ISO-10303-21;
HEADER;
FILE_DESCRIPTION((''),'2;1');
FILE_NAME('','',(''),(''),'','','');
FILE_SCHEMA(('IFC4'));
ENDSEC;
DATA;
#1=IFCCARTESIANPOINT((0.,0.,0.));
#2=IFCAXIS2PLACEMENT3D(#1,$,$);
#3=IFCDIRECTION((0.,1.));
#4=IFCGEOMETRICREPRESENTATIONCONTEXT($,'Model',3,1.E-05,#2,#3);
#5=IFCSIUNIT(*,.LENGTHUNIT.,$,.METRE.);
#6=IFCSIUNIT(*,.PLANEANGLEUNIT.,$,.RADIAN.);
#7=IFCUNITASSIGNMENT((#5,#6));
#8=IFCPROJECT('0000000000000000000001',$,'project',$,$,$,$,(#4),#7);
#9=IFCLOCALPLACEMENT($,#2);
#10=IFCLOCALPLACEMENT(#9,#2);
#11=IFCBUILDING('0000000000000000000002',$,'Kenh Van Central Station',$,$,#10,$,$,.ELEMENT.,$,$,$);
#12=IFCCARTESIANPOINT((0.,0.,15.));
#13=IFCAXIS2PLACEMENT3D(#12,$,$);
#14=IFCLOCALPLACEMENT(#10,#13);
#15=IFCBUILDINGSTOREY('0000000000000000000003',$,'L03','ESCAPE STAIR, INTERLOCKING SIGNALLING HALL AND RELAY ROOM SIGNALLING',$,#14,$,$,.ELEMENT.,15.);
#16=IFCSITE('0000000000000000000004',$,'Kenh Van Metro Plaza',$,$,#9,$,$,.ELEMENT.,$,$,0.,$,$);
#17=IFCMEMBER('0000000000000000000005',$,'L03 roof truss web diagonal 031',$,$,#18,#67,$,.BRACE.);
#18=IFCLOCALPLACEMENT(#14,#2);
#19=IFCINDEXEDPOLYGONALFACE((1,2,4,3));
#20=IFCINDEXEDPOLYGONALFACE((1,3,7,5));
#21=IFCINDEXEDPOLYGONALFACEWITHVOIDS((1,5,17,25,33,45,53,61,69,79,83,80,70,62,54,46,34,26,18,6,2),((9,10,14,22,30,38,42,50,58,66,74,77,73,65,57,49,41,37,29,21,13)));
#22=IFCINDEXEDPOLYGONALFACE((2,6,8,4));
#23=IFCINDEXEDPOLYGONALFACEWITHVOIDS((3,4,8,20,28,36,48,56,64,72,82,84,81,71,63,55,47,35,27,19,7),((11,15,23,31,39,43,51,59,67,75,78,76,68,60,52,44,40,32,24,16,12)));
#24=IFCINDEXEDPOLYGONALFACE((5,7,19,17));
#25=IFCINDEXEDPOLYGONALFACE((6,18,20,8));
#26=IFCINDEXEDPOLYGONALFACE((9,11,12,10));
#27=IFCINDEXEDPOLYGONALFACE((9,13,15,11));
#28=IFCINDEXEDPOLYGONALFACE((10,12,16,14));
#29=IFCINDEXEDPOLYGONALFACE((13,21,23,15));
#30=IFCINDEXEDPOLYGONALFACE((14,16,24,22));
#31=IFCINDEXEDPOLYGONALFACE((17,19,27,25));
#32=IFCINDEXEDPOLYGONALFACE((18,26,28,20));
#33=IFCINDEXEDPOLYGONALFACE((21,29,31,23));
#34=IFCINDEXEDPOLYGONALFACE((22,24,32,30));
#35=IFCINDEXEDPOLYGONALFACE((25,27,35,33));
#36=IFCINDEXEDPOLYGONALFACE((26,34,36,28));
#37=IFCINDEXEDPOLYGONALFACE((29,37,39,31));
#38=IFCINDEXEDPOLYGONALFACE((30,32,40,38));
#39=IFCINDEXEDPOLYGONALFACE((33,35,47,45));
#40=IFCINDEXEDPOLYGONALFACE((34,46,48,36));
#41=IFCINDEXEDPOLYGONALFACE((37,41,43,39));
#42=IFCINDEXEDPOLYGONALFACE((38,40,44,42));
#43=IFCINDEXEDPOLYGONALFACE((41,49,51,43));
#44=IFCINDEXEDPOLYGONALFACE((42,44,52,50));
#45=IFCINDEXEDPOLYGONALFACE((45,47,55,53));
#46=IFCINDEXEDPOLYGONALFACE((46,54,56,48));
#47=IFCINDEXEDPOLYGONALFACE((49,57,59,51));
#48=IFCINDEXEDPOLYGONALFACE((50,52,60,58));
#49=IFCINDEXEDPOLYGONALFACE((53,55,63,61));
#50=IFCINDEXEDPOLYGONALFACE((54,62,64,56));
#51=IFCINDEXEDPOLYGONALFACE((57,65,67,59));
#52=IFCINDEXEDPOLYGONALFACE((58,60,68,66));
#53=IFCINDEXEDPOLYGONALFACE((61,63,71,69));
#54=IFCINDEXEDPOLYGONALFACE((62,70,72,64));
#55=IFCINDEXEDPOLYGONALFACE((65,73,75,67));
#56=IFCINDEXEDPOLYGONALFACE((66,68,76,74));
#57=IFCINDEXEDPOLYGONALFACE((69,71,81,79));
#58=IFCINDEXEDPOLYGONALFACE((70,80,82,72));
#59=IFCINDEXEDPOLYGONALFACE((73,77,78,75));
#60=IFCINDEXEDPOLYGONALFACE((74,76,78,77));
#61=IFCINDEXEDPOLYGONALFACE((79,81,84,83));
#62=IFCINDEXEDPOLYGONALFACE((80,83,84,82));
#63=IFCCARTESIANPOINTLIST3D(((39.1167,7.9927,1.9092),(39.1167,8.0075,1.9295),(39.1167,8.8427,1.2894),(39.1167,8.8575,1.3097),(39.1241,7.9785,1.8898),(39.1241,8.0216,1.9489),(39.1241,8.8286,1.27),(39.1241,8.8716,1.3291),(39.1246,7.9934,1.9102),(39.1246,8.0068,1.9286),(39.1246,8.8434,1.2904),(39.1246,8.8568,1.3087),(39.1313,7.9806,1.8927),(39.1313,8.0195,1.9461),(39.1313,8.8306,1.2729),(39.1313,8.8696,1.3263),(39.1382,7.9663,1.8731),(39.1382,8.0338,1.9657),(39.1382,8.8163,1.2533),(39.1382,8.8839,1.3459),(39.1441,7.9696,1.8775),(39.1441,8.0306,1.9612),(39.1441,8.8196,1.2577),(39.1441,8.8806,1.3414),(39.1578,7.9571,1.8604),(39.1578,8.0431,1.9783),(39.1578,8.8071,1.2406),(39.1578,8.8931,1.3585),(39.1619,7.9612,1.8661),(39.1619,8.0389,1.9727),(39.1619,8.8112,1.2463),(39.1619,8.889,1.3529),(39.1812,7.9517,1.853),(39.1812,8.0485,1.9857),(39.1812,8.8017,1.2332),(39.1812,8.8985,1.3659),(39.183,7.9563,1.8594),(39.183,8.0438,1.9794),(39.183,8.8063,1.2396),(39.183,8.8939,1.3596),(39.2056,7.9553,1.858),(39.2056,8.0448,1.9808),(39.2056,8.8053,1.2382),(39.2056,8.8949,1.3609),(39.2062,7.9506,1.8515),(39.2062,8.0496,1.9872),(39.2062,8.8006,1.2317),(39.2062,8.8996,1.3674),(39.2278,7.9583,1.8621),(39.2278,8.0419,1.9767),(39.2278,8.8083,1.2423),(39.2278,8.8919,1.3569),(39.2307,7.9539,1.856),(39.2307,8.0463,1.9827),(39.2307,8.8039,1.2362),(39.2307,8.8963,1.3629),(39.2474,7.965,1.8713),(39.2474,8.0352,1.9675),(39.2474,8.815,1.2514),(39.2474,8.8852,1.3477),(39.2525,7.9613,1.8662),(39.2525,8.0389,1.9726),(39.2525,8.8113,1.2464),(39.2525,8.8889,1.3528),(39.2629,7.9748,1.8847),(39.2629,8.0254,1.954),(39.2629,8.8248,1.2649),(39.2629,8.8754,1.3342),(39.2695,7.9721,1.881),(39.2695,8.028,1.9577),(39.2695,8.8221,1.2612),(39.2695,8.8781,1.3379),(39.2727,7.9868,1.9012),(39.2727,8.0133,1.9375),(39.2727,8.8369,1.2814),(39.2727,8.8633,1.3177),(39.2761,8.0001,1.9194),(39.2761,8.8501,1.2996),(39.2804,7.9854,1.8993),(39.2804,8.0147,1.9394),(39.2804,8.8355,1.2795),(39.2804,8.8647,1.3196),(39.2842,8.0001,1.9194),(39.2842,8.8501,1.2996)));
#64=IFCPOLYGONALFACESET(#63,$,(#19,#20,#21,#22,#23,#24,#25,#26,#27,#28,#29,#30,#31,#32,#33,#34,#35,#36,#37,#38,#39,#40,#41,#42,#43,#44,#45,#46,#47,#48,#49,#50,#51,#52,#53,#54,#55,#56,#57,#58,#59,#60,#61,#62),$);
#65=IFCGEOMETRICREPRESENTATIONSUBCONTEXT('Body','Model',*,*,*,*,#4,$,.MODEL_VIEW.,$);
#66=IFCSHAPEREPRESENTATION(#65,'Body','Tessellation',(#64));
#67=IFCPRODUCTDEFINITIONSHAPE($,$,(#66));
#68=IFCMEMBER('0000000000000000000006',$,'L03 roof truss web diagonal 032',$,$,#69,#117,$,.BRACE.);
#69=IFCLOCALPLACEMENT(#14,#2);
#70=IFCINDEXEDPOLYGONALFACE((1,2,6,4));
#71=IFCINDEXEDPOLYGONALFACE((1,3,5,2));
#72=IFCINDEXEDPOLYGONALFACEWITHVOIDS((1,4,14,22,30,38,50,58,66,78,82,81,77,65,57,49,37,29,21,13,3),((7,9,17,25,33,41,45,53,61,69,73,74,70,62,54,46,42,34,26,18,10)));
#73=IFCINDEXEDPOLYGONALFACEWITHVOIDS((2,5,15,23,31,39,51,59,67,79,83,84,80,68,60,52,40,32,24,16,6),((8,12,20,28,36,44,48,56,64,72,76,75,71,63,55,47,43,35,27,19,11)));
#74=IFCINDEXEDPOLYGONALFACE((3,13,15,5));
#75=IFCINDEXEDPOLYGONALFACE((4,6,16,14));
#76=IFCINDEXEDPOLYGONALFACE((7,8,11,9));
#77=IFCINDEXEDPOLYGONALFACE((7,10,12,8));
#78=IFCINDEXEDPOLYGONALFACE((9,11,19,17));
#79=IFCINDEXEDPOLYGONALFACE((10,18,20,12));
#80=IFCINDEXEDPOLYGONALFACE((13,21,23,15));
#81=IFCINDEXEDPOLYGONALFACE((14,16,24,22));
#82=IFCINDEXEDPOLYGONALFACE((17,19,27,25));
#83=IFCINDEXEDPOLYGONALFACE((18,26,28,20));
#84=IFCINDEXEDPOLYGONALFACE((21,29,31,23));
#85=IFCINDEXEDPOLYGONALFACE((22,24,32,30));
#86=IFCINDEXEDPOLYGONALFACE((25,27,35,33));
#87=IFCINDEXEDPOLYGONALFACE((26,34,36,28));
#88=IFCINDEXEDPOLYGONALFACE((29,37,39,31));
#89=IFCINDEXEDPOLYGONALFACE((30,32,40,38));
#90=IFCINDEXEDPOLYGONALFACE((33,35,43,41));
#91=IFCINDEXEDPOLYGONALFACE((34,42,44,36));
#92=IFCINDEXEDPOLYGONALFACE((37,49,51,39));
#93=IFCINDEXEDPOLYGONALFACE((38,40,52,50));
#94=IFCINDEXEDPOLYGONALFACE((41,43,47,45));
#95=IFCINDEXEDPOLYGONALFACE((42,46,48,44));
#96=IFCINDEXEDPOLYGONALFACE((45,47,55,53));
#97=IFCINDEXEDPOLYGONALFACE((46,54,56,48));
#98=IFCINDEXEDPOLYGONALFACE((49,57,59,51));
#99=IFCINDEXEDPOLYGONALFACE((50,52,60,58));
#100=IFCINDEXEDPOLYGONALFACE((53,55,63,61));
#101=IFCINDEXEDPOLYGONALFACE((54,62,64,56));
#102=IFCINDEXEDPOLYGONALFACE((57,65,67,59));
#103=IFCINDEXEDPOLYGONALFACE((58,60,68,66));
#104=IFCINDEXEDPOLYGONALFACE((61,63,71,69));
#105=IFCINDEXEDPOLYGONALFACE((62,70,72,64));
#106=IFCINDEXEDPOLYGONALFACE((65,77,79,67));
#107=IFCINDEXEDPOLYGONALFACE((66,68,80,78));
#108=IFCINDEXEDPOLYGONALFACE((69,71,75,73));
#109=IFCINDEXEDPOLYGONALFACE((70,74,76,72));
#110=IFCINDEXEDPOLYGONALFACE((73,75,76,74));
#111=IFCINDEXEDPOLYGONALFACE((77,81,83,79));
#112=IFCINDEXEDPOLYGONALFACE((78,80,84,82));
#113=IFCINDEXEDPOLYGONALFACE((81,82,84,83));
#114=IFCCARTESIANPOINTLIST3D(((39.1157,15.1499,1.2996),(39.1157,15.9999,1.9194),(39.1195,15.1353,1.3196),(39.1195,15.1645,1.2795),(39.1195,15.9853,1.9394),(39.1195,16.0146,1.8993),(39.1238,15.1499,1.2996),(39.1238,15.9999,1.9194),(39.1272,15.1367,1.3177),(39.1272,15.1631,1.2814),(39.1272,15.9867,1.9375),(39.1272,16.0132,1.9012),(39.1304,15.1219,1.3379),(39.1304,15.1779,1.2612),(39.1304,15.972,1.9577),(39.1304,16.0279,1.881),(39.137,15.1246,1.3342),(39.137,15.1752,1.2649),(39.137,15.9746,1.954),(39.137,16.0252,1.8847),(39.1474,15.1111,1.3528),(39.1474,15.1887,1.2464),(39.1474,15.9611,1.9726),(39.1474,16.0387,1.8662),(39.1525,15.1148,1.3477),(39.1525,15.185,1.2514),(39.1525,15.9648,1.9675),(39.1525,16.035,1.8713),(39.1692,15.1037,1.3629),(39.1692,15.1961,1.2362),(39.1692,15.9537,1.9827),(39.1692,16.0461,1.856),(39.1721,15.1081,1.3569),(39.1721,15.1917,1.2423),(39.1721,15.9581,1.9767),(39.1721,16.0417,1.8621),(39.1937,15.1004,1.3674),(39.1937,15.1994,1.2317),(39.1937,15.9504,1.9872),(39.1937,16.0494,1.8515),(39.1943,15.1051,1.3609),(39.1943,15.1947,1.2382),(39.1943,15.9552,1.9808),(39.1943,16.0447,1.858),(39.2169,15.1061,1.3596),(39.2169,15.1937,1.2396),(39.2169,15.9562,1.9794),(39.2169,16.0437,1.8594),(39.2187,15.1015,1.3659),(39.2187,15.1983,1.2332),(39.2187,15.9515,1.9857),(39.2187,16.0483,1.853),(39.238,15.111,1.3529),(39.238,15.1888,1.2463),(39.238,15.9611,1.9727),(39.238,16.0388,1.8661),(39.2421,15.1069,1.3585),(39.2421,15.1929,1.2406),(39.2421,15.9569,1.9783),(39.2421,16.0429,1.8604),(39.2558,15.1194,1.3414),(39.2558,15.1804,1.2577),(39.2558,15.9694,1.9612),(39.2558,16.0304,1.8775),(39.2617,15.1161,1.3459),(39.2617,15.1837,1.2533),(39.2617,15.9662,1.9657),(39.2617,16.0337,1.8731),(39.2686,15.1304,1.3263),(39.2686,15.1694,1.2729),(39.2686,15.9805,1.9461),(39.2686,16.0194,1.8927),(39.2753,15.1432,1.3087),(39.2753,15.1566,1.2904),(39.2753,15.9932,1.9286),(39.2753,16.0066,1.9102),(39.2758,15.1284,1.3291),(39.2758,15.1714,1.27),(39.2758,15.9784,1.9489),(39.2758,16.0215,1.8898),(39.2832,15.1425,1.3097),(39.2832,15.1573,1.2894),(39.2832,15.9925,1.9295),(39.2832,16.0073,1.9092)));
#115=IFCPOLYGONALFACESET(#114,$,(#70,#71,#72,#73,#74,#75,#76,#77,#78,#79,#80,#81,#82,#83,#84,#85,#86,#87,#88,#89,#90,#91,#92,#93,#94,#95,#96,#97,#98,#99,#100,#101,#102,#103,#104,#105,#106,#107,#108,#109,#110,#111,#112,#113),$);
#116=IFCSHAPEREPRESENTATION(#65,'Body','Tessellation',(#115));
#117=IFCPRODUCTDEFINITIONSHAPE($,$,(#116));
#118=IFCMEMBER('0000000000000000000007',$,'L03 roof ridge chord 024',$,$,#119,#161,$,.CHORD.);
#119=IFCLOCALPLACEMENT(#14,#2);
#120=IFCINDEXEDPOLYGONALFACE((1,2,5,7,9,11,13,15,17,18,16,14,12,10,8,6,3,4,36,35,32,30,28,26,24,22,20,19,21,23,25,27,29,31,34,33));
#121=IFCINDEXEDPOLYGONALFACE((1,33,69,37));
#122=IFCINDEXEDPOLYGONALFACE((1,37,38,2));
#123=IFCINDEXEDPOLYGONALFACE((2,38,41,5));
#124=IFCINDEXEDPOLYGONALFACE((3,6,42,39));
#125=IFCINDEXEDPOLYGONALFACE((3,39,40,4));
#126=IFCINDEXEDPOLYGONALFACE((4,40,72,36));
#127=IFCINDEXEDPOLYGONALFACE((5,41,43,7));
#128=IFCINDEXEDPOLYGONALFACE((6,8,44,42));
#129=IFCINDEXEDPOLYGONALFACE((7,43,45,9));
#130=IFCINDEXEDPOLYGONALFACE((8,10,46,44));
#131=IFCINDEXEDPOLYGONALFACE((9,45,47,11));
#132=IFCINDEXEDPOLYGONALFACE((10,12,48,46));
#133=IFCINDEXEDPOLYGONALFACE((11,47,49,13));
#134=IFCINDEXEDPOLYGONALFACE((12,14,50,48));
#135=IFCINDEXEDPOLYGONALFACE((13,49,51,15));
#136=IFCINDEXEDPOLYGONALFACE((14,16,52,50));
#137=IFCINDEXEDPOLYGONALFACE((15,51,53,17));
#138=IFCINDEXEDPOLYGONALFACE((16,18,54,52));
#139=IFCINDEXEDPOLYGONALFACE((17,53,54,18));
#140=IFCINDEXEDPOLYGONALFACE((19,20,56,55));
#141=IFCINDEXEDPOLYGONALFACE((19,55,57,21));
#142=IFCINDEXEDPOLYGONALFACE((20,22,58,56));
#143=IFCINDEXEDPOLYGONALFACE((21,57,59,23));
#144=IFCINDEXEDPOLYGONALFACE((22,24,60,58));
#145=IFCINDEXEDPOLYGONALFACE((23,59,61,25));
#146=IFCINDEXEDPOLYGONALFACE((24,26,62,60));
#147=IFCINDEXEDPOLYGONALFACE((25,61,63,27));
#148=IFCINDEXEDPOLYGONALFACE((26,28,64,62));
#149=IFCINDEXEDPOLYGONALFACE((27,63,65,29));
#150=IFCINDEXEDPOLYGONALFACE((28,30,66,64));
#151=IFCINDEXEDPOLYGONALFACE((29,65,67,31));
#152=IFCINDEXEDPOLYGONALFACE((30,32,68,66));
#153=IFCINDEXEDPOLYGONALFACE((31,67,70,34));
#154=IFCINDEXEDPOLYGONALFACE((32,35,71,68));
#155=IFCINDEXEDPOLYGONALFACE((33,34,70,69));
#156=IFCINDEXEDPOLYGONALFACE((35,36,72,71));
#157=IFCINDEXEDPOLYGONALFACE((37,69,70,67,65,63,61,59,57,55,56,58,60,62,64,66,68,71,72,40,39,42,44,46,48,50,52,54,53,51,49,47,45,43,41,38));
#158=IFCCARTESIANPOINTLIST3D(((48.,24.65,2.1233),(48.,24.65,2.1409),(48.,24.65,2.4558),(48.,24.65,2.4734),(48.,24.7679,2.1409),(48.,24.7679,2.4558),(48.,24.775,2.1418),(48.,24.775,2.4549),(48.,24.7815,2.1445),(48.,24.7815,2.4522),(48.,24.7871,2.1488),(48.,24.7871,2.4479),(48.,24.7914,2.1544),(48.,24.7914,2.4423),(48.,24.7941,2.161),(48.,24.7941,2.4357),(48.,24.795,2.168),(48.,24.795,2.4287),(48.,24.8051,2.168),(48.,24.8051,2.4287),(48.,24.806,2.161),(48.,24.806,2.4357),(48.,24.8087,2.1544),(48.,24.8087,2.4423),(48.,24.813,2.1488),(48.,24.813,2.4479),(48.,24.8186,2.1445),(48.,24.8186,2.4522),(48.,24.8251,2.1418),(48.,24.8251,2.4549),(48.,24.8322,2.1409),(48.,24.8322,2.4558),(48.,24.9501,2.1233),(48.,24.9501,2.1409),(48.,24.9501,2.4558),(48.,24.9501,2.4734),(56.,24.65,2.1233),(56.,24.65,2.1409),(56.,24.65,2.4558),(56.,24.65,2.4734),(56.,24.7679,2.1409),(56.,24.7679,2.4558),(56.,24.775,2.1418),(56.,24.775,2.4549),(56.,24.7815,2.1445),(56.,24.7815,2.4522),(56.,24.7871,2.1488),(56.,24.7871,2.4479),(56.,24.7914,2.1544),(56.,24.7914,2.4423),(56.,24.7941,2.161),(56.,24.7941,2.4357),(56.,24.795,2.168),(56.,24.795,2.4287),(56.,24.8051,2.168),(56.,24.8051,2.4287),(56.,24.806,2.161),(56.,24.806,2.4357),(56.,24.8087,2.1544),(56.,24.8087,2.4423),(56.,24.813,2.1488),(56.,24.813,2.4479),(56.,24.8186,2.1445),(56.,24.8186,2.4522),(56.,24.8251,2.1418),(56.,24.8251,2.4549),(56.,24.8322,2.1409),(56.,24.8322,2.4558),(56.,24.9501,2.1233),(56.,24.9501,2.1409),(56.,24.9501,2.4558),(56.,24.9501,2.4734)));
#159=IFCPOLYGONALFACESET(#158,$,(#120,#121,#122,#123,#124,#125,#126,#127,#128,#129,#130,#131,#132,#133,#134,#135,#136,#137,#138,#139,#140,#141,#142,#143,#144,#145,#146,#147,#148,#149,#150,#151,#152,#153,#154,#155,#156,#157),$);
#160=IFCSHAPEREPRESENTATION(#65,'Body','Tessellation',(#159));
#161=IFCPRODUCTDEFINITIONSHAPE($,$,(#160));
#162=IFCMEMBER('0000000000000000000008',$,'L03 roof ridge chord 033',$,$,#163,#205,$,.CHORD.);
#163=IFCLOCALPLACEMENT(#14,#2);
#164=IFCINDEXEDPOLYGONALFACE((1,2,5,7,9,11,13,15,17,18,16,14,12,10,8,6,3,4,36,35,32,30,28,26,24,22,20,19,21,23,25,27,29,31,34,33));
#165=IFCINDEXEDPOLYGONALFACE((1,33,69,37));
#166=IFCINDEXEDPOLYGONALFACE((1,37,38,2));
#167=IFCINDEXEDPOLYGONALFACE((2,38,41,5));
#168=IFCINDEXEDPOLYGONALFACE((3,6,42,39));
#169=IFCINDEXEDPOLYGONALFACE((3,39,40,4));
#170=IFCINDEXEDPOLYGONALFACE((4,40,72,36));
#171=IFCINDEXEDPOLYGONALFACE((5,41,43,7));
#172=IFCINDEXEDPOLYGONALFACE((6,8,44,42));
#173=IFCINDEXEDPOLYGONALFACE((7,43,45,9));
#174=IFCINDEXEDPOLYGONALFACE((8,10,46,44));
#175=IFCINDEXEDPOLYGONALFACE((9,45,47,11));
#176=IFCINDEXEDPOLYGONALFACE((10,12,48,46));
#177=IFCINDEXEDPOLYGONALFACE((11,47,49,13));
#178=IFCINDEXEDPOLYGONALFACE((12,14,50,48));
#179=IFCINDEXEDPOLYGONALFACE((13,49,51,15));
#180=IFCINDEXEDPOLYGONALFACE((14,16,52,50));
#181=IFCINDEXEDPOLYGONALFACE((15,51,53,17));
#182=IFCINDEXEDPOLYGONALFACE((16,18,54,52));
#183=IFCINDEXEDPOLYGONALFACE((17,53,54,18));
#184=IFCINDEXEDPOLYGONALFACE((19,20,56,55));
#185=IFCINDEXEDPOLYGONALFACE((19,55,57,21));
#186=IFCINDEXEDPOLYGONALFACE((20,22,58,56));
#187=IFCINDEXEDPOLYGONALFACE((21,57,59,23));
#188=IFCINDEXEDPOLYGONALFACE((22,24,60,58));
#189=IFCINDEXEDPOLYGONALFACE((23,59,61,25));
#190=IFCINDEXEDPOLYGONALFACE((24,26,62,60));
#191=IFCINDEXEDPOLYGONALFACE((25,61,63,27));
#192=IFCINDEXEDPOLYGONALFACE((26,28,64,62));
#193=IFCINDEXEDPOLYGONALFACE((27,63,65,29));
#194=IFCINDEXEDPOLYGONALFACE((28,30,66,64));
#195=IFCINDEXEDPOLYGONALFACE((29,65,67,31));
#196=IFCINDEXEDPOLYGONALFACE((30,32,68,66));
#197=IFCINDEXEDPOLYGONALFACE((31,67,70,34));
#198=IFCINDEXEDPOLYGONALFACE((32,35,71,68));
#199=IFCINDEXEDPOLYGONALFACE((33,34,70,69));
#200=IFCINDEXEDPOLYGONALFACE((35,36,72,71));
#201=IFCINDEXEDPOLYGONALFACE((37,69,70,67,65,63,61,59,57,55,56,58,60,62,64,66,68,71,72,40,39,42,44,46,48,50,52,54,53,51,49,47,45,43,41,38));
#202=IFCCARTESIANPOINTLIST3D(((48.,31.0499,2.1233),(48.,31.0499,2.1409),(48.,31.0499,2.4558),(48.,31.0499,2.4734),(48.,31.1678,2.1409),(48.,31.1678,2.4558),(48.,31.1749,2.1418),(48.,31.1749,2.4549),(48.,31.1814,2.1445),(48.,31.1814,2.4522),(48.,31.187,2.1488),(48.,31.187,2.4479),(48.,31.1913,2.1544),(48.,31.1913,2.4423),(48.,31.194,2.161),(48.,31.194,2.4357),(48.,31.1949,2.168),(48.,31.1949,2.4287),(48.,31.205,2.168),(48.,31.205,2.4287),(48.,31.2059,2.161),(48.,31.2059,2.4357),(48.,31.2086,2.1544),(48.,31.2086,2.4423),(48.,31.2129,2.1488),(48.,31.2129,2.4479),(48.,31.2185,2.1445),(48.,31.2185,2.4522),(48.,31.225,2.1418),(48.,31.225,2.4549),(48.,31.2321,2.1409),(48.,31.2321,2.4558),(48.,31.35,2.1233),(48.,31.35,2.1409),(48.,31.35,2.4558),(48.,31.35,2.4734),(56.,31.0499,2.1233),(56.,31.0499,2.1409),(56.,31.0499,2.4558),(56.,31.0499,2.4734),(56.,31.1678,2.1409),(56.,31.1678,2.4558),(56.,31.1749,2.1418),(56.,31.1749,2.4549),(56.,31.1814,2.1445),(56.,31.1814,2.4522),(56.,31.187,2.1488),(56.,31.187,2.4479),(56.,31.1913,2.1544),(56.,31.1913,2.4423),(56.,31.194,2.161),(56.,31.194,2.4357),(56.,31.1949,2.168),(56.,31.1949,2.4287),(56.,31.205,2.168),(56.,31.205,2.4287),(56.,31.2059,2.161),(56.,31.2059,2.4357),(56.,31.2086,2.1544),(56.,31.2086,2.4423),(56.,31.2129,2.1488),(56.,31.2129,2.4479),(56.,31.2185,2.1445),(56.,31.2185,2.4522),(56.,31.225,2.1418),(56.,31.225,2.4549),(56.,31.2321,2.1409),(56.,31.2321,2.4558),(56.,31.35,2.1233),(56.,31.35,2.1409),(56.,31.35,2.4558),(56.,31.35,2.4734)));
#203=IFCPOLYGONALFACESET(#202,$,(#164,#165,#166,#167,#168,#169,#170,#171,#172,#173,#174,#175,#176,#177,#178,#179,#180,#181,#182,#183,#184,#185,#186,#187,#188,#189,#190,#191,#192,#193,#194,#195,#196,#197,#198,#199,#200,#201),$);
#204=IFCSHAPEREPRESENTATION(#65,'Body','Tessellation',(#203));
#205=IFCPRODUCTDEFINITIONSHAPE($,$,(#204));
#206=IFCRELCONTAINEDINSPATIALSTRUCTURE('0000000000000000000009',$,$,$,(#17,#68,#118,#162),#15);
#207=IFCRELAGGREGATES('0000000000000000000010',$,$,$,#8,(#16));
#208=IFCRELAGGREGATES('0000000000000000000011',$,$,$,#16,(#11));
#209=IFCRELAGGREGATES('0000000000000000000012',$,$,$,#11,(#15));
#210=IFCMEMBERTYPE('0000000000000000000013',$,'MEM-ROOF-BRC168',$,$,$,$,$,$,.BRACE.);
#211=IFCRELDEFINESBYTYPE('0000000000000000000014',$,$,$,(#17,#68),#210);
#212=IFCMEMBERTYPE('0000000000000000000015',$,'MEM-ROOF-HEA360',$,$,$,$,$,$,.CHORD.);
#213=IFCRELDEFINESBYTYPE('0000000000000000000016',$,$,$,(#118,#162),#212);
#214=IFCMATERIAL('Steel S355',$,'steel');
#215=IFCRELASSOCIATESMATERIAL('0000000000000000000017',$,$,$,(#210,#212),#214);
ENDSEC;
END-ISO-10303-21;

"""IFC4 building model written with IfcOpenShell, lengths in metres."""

from ifc_helpers import new_model, si_unit, direction, frame, origin, origin_2d, place, context, subcontext, project, spatial, hollow_circle, i_section, extrude, material, material_profile, profile_set, type_object, element, save


model = new_model("IFC4")

# Units and contexts
model_context = context("Model", 3, precision=1e-05, world=origin(), true_north=direction((0.0, 1.0)))
body_context = subcontext(model_context, "Body", "Model", "MODEL_VIEW")
ifc_project = project(units=[si_unit("LENGTHUNIT", "METRE"), si_unit("PLANEANGLEUNIT", "RADIAN")], contexts=[model_context])

# Site, building, storey
site_placement = place(None, origin())
site = spatial("IfcSite", under=ifc_project, at=site_placement, Name="Kenh Van Metro Plaza", CompositionType="ELEMENT", RefElevation=0.0)
building_placement = place(site_placement, origin())
building = spatial("IfcBuilding", under=site, at=building_placement, Name="Kenh Van Central Station", CompositionType="ELEMENT")
storey_placement = place(building_placement, frame((0.0, 0.0, 15.0)))
storey = spatial("IfcBuildingStorey", under=building, at=storey_placement, Name="L03", Description="ESCAPE STAIR, INTERLOCKING SIGNALLING HALL AND RELAY ROOM SIGNALLING", CompositionType="ELEMENT", Elevation=15.0)

# Shared definitions
ifc_material_1 = material(Name="Steel S355", Category="steel")

# Members
ifc_material_profile_1 = material_profile(ifc_material_1, hollow_circle(Radius=0.0842, WallThickness=0.0081, at=origin_2d()), Name="CHS 168.3x8")
ifc_profile_set_1 = profile_set([ifc_material_profile_1], Name="Steel S355")
member_type_1 = type_object("IfcMemberType", Name="MEM-ROOF-BRC168", PredefinedType="BRACE", material=ifc_profile_set_1)
for number, where, z_axis, x_axis, name in (
    (1, (39.2, 8.8501, 1.2996), (0.0, -0.808003, 0.589178), (1.0, 0.0, 0.0), "L03 roof truss web diagonal 031"),
    (2, (39.2, 15.1499, 1.2996), (0.0, 0.808003, 0.589178), (-1.0, 0.0, 0.0), "L03 roof truss web diagonal 032"),
):
    element("IfcMember", number, at=place(storey_placement, frame(where, z_axis=z_axis, x_axis=x_axis)), inside=storey, type_object=member_type_1, Name=name, PredefinedType="BRACE", context=body_context, shape_type="SweptSolid", body=[
        extrude(hollow_circle(Radius=0.0842, WallThickness=0.0081, at=origin_2d()), origin(), (0.0, 0.0, 1.0), 1.052),
    ])
ifc_material_profile_2 = material_profile(ifc_material_1, i_section(OverallWidth=0.3, OverallDepth=0.3501, WebThickness=0.01, FlangeThickness=0.0176, FilletRadius=0.0271, at=origin_2d()), Name="HEA 360")
ifc_profile_set_2 = profile_set([ifc_material_profile_2], Name="Steel S355")
member_type_2 = type_object("IfcMemberType", Name="MEM-ROOF-HEA360", PredefinedType="CHORD", material=ifc_profile_set_2)
for number, where, z_axis, x_axis, name in (
    (3, (48.0, 24.8, 2.2983), (1.0, 0.0, 0.0), (0.0, 1.0, 0.0), "L03 roof ridge chord 024"),
    (4, (48.0, 31.2, 2.2983), (1.0, 0.0, 0.0), (0.0, 1.0, 0.0), "L03 roof ridge chord 033"),
):
    element("IfcMember", number, at=place(storey_placement, frame(where, z_axis=z_axis, x_axis=x_axis)), inside=storey, type_object=member_type_2, Name=name, PredefinedType="CHORD", context=body_context, shape_type="SweptSolid", body=[
        extrude(i_section(OverallWidth=0.3, OverallDepth=0.3501, WebThickness=0.01, FlangeThickness=0.0176, FilletRadius=0.0271, at=origin_2d()), origin(), (0.0, 0.0, 1.0), 8.0),
    ])

save(model, "model.ifc")
